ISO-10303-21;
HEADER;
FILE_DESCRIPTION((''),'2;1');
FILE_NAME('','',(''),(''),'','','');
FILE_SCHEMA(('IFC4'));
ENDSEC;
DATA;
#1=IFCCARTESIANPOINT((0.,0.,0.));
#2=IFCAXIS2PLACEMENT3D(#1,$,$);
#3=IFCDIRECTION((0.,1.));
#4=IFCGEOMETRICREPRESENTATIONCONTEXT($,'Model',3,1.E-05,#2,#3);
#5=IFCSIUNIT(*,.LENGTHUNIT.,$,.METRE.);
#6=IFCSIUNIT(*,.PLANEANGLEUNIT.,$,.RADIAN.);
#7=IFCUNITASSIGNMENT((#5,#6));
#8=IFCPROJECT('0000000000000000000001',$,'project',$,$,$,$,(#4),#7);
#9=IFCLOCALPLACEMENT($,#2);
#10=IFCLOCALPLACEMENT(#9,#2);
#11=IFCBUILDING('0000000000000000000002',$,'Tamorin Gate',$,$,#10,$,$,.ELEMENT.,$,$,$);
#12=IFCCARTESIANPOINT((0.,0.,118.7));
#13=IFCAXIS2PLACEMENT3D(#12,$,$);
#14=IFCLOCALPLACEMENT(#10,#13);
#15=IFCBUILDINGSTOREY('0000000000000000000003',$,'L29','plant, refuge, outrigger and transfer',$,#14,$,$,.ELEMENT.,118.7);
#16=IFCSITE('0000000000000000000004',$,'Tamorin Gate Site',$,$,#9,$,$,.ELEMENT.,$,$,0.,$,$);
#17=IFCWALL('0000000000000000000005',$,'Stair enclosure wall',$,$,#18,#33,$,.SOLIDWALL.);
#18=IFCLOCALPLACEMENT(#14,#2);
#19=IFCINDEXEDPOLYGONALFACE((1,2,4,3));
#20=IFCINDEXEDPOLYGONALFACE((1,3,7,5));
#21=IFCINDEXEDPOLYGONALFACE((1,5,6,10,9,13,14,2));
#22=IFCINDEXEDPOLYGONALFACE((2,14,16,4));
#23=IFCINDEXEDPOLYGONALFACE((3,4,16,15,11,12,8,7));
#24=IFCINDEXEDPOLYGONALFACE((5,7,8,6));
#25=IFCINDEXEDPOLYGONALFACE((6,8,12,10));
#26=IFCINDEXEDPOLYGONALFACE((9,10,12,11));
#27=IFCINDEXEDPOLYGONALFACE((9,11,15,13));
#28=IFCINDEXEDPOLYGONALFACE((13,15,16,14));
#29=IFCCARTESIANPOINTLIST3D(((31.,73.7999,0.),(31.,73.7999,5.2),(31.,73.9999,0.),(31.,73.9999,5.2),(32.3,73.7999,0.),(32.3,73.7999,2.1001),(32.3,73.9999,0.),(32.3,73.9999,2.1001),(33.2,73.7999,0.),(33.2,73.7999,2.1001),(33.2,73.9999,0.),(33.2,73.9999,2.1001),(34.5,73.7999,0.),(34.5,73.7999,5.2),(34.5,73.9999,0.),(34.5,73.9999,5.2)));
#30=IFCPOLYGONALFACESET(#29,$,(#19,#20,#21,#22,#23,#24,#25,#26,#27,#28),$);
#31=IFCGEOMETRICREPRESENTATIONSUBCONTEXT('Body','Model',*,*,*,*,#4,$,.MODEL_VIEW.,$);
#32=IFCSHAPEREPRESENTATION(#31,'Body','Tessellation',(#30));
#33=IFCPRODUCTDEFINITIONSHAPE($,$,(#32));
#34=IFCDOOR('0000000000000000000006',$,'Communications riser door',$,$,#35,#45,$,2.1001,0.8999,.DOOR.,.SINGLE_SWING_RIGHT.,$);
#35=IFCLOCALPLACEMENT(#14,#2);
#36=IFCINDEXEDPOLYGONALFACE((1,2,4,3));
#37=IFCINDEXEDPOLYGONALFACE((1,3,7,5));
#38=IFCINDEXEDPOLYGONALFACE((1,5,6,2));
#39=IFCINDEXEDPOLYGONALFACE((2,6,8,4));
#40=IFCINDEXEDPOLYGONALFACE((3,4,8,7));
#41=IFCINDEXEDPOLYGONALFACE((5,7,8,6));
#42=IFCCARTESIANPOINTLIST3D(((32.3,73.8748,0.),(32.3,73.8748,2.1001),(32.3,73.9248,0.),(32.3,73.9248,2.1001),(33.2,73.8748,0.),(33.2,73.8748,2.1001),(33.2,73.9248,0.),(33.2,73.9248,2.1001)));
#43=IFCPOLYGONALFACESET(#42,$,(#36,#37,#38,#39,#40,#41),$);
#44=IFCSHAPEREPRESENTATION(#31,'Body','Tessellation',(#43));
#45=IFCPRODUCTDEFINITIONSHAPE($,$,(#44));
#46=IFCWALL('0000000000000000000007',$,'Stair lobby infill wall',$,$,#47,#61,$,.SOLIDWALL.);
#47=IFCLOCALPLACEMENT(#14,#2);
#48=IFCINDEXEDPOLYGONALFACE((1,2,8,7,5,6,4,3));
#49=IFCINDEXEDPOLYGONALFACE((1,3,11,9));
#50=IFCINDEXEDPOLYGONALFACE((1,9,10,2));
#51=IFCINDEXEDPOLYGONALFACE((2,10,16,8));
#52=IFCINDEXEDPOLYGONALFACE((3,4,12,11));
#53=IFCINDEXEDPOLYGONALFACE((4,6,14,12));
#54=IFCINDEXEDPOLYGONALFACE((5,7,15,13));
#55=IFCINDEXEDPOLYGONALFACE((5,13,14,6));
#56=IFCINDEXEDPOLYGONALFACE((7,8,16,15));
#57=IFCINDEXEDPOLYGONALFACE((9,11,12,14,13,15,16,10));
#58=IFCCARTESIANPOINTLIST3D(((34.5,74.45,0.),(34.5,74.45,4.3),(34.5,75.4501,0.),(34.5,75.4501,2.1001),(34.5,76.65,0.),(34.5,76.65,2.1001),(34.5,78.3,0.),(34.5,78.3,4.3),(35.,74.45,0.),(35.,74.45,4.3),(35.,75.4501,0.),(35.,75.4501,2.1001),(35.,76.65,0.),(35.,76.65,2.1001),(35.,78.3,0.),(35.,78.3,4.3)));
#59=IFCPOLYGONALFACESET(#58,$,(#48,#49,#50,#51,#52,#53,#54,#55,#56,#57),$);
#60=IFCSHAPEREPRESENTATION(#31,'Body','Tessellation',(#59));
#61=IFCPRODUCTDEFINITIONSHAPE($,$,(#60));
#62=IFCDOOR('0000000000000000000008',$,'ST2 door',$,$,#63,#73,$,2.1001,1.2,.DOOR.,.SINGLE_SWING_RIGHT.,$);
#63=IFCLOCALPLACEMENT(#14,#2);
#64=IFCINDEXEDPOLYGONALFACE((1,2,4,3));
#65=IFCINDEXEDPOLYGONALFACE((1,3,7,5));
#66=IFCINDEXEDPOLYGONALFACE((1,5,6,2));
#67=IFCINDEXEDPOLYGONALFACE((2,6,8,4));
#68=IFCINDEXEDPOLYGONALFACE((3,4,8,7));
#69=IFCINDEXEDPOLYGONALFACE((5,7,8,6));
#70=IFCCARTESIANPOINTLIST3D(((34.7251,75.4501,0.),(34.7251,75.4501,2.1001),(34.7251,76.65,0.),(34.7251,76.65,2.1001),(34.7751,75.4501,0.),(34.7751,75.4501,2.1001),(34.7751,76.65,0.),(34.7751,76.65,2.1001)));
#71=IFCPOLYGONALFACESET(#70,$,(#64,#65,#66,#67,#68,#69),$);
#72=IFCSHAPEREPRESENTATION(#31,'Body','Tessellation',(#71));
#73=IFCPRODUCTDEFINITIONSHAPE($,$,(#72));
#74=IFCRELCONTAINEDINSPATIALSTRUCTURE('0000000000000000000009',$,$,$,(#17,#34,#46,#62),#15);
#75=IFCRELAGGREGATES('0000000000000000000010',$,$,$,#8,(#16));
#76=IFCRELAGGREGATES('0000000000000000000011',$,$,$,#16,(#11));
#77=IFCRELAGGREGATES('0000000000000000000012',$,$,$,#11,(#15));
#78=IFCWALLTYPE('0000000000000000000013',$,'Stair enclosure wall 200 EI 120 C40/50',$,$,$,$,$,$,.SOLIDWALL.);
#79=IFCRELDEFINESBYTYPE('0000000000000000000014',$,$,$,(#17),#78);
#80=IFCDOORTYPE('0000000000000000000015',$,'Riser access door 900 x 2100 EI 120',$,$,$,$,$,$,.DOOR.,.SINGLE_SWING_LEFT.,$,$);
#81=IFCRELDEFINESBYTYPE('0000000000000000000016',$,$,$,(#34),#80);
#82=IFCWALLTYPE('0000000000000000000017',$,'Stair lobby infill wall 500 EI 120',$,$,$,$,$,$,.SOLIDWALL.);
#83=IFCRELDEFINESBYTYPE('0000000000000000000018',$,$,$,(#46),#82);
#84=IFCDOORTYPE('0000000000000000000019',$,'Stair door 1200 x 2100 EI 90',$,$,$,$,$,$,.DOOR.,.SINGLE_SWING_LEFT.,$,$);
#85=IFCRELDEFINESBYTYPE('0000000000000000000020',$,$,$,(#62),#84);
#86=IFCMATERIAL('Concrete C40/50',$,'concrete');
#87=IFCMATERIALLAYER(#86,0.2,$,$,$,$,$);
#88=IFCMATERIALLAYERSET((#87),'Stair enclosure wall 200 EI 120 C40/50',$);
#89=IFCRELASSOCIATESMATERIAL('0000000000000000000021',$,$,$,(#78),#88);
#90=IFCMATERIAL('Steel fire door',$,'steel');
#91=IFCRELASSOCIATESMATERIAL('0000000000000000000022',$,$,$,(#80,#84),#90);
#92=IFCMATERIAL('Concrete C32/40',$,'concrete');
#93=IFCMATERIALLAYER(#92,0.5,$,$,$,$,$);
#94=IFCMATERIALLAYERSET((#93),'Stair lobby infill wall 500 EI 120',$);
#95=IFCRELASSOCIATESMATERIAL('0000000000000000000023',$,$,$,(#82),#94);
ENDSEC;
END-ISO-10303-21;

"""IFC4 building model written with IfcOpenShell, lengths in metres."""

from ifc_helpers import new_model, si_unit, direction, frame, frame_2d, origin, place, context, subcontext, project, spatial, rectangle, extrude, material, layer, layer_set, type_object, element, fill, save


model = new_model("IFC4")

# Units and contexts
model_context = context("Model", 3, precision=1e-05, world=origin(), true_north=direction((0.0, 1.0)))
body_context = subcontext(model_context, "Body", "Model", "MODEL_VIEW")
ifc_project = project(units=[si_unit("LENGTHUNIT", "METRE"), si_unit("PLANEANGLEUNIT", "RADIAN")], contexts=[model_context])

# Site, building, storey
site_placement = place(None, origin())
site = spatial("IfcSite", under=ifc_project, at=site_placement, Name="Tamorin Gate Site", CompositionType="ELEMENT", RefElevation=0.0)
building_placement = place(site_placement, origin())
building = spatial("IfcBuilding", under=site, at=building_placement, Name="Tamorin Gate", CompositionType="ELEMENT")
storey_placement = place(building_placement, frame((0.0, 0.0, 118.7)))
storey = spatial("IfcBuildingStorey", under=building, at=storey_placement, Name="L29", Description="plant, refuge, outrigger and transfer", CompositionType="ELEMENT", Elevation=118.7)

# Shared definitions
ifc_material_1 = material(Name="Concrete C32/40", Category="concrete")

# Walls, openings, doors
ifc_material_2 = material(Name="Concrete C40/50", Category="concrete")
ifc_layer_1 = layer(ifc_material_2, 0.2)
ifc_layer_set_1 = layer_set([ifc_layer_1], Name="Stair enclosure wall 200 EI 120 C40/50")
wall_type_1 = type_object("IfcWallType", Name="Stair enclosure wall 200 EI 120 C40/50", PredefinedType="SOLIDWALL", material=ifc_layer_set_1)
ifc_material_3 = material(Name="Steel fire door", Category="steel")
door_type_1 = type_object("IfcDoorType", Name="Riser access door 900 x 2100 EI 120", OperationType="SINGLE_SWING_LEFT", PredefinedType="DOOR", material=ifc_material_3)
wall_1_placement = place(storey_placement, frame((31.0, 73.8999, 0.0), z_axis=(0.0, 0.0, 1.0), x_axis=(1.0, 0.0, 0.0)))
wall_1 = element("IfcWall", 1, at=wall_1_placement, inside=storey, type_object=wall_type_1, Name="Stair enclosure wall", PredefinedType="SOLIDWALL", context=body_context, shape_type="SweptSolid", body=[
    extrude(rectangle(XDim=3.5, YDim=0.2, at=frame_2d((1.75, 0.0))), origin(), (0.0, 0.0, 1.0), 5.2),
])
opening_1_placement = place(wall_1_placement, frame((1.3, 0.0, 0.0)))
opening_1 = element("IfcOpeningElement", 2, at=opening_1_placement, cuts=wall_1, PredefinedType="OPENING", context=body_context, shape_type="SweptSolid", body=[
    extrude(rectangle(XDim=0.8999, YDim=2.1001, at=frame_2d((0.45, 1.05))), frame((0.0, 0.1099, 0.0), z_axis=(0.0, -1.0, 0.0), x_axis=(1.0, 0.0, 0.0)), (0.0, 0.0, 1.0), 0.22),
])
door_1_placement = place(opening_1_placement, origin())
door_1 = element("IfcDoor", 3, at=door_1_placement, inside=storey, type_object=door_type_1, Name="Communications riser door", OperationType="SINGLE_SWING_RIGHT", OverallHeight=2.1001, OverallWidth=0.8999, PredefinedType="DOOR", context=body_context, shape_type="SweptSolid", body=[
    extrude(rectangle(XDim=0.8999, YDim=2.1001, at=frame_2d((0.45, 1.05))), frame((0.0, 0.0249, 0.0), z_axis=(0.0, -1.0, 0.0), x_axis=(1.0, 0.0, 0.0)), (0.0, 0.0, 1.0), 0.05),
])
fill(opening_1, door_1)
ifc_layer_2 = layer(ifc_material_1, 0.5)
ifc_layer_set_2 = layer_set([ifc_layer_2], Name="Stair lobby infill wall 500 EI 120")
wall_type_2 = type_object("IfcWallType", Name="Stair lobby infill wall 500 EI 120", PredefinedType="SOLIDWALL", material=ifc_layer_set_2)
wall_2_placement = place(storey_placement, frame((34.75, 74.45, 0.0), z_axis=(0.0, 0.0, 1.0), x_axis=(0.0, 1.0, 0.0)))
wall_2 = element("IfcWall", 4, at=wall_2_placement, inside=storey, type_object=wall_type_2, Name="Stair lobby infill wall", PredefinedType="SOLIDWALL", context=body_context, shape_type="SweptSolid", body=[
    extrude(rectangle(XDim=3.8501, YDim=0.5, at=frame_2d((1.925, 0.0))), origin(), (0.0, 0.0, 1.0), 4.3),
])
opening_2_placement = place(wall_2_placement, frame((1.0, 0.0, 0.0)))
opening_2 = element("IfcOpeningElement", 5, at=opening_2_placement, cuts=wall_2, PredefinedType="OPENING", context=body_context, shape_type="SweptSolid", body=[
    extrude(rectangle(XDim=1.2, YDim=2.1001, at=frame_2d((0.6001, 1.05))), frame((0.0, 0.26, 0.0), z_axis=(0.0, -1.0, 0.0), x_axis=(1.0, 0.0, 0.0)), (0.0, 0.0, 1.0), 0.52),
])
door_type_2 = type_object("IfcDoorType", Name="Stair door 1200 x 2100 EI 90", OperationType="SINGLE_SWING_LEFT", PredefinedType="DOOR", material=ifc_material_3)
door_2_placement = place(opening_2_placement, origin())
door_2 = element("IfcDoor", 6, at=door_2_placement, inside=storey, type_object=door_type_2, Name="ST2 door", OperationType="SINGLE_SWING_RIGHT", OverallHeight=2.1001, OverallWidth=1.2, PredefinedType="DOOR", context=body_context, shape_type="SweptSolid", body=[
    extrude(rectangle(XDim=1.2, YDim=2.1001, at=frame_2d((0.6001, 1.05))), frame((0.0, 0.0249, 0.0), z_axis=(0.0, -1.0, 0.0), x_axis=(1.0, 0.0, 0.0)), (0.0, 0.0, 1.0), 0.05),
])
fill(opening_2, door_2)

save(model, "model.ifc")
